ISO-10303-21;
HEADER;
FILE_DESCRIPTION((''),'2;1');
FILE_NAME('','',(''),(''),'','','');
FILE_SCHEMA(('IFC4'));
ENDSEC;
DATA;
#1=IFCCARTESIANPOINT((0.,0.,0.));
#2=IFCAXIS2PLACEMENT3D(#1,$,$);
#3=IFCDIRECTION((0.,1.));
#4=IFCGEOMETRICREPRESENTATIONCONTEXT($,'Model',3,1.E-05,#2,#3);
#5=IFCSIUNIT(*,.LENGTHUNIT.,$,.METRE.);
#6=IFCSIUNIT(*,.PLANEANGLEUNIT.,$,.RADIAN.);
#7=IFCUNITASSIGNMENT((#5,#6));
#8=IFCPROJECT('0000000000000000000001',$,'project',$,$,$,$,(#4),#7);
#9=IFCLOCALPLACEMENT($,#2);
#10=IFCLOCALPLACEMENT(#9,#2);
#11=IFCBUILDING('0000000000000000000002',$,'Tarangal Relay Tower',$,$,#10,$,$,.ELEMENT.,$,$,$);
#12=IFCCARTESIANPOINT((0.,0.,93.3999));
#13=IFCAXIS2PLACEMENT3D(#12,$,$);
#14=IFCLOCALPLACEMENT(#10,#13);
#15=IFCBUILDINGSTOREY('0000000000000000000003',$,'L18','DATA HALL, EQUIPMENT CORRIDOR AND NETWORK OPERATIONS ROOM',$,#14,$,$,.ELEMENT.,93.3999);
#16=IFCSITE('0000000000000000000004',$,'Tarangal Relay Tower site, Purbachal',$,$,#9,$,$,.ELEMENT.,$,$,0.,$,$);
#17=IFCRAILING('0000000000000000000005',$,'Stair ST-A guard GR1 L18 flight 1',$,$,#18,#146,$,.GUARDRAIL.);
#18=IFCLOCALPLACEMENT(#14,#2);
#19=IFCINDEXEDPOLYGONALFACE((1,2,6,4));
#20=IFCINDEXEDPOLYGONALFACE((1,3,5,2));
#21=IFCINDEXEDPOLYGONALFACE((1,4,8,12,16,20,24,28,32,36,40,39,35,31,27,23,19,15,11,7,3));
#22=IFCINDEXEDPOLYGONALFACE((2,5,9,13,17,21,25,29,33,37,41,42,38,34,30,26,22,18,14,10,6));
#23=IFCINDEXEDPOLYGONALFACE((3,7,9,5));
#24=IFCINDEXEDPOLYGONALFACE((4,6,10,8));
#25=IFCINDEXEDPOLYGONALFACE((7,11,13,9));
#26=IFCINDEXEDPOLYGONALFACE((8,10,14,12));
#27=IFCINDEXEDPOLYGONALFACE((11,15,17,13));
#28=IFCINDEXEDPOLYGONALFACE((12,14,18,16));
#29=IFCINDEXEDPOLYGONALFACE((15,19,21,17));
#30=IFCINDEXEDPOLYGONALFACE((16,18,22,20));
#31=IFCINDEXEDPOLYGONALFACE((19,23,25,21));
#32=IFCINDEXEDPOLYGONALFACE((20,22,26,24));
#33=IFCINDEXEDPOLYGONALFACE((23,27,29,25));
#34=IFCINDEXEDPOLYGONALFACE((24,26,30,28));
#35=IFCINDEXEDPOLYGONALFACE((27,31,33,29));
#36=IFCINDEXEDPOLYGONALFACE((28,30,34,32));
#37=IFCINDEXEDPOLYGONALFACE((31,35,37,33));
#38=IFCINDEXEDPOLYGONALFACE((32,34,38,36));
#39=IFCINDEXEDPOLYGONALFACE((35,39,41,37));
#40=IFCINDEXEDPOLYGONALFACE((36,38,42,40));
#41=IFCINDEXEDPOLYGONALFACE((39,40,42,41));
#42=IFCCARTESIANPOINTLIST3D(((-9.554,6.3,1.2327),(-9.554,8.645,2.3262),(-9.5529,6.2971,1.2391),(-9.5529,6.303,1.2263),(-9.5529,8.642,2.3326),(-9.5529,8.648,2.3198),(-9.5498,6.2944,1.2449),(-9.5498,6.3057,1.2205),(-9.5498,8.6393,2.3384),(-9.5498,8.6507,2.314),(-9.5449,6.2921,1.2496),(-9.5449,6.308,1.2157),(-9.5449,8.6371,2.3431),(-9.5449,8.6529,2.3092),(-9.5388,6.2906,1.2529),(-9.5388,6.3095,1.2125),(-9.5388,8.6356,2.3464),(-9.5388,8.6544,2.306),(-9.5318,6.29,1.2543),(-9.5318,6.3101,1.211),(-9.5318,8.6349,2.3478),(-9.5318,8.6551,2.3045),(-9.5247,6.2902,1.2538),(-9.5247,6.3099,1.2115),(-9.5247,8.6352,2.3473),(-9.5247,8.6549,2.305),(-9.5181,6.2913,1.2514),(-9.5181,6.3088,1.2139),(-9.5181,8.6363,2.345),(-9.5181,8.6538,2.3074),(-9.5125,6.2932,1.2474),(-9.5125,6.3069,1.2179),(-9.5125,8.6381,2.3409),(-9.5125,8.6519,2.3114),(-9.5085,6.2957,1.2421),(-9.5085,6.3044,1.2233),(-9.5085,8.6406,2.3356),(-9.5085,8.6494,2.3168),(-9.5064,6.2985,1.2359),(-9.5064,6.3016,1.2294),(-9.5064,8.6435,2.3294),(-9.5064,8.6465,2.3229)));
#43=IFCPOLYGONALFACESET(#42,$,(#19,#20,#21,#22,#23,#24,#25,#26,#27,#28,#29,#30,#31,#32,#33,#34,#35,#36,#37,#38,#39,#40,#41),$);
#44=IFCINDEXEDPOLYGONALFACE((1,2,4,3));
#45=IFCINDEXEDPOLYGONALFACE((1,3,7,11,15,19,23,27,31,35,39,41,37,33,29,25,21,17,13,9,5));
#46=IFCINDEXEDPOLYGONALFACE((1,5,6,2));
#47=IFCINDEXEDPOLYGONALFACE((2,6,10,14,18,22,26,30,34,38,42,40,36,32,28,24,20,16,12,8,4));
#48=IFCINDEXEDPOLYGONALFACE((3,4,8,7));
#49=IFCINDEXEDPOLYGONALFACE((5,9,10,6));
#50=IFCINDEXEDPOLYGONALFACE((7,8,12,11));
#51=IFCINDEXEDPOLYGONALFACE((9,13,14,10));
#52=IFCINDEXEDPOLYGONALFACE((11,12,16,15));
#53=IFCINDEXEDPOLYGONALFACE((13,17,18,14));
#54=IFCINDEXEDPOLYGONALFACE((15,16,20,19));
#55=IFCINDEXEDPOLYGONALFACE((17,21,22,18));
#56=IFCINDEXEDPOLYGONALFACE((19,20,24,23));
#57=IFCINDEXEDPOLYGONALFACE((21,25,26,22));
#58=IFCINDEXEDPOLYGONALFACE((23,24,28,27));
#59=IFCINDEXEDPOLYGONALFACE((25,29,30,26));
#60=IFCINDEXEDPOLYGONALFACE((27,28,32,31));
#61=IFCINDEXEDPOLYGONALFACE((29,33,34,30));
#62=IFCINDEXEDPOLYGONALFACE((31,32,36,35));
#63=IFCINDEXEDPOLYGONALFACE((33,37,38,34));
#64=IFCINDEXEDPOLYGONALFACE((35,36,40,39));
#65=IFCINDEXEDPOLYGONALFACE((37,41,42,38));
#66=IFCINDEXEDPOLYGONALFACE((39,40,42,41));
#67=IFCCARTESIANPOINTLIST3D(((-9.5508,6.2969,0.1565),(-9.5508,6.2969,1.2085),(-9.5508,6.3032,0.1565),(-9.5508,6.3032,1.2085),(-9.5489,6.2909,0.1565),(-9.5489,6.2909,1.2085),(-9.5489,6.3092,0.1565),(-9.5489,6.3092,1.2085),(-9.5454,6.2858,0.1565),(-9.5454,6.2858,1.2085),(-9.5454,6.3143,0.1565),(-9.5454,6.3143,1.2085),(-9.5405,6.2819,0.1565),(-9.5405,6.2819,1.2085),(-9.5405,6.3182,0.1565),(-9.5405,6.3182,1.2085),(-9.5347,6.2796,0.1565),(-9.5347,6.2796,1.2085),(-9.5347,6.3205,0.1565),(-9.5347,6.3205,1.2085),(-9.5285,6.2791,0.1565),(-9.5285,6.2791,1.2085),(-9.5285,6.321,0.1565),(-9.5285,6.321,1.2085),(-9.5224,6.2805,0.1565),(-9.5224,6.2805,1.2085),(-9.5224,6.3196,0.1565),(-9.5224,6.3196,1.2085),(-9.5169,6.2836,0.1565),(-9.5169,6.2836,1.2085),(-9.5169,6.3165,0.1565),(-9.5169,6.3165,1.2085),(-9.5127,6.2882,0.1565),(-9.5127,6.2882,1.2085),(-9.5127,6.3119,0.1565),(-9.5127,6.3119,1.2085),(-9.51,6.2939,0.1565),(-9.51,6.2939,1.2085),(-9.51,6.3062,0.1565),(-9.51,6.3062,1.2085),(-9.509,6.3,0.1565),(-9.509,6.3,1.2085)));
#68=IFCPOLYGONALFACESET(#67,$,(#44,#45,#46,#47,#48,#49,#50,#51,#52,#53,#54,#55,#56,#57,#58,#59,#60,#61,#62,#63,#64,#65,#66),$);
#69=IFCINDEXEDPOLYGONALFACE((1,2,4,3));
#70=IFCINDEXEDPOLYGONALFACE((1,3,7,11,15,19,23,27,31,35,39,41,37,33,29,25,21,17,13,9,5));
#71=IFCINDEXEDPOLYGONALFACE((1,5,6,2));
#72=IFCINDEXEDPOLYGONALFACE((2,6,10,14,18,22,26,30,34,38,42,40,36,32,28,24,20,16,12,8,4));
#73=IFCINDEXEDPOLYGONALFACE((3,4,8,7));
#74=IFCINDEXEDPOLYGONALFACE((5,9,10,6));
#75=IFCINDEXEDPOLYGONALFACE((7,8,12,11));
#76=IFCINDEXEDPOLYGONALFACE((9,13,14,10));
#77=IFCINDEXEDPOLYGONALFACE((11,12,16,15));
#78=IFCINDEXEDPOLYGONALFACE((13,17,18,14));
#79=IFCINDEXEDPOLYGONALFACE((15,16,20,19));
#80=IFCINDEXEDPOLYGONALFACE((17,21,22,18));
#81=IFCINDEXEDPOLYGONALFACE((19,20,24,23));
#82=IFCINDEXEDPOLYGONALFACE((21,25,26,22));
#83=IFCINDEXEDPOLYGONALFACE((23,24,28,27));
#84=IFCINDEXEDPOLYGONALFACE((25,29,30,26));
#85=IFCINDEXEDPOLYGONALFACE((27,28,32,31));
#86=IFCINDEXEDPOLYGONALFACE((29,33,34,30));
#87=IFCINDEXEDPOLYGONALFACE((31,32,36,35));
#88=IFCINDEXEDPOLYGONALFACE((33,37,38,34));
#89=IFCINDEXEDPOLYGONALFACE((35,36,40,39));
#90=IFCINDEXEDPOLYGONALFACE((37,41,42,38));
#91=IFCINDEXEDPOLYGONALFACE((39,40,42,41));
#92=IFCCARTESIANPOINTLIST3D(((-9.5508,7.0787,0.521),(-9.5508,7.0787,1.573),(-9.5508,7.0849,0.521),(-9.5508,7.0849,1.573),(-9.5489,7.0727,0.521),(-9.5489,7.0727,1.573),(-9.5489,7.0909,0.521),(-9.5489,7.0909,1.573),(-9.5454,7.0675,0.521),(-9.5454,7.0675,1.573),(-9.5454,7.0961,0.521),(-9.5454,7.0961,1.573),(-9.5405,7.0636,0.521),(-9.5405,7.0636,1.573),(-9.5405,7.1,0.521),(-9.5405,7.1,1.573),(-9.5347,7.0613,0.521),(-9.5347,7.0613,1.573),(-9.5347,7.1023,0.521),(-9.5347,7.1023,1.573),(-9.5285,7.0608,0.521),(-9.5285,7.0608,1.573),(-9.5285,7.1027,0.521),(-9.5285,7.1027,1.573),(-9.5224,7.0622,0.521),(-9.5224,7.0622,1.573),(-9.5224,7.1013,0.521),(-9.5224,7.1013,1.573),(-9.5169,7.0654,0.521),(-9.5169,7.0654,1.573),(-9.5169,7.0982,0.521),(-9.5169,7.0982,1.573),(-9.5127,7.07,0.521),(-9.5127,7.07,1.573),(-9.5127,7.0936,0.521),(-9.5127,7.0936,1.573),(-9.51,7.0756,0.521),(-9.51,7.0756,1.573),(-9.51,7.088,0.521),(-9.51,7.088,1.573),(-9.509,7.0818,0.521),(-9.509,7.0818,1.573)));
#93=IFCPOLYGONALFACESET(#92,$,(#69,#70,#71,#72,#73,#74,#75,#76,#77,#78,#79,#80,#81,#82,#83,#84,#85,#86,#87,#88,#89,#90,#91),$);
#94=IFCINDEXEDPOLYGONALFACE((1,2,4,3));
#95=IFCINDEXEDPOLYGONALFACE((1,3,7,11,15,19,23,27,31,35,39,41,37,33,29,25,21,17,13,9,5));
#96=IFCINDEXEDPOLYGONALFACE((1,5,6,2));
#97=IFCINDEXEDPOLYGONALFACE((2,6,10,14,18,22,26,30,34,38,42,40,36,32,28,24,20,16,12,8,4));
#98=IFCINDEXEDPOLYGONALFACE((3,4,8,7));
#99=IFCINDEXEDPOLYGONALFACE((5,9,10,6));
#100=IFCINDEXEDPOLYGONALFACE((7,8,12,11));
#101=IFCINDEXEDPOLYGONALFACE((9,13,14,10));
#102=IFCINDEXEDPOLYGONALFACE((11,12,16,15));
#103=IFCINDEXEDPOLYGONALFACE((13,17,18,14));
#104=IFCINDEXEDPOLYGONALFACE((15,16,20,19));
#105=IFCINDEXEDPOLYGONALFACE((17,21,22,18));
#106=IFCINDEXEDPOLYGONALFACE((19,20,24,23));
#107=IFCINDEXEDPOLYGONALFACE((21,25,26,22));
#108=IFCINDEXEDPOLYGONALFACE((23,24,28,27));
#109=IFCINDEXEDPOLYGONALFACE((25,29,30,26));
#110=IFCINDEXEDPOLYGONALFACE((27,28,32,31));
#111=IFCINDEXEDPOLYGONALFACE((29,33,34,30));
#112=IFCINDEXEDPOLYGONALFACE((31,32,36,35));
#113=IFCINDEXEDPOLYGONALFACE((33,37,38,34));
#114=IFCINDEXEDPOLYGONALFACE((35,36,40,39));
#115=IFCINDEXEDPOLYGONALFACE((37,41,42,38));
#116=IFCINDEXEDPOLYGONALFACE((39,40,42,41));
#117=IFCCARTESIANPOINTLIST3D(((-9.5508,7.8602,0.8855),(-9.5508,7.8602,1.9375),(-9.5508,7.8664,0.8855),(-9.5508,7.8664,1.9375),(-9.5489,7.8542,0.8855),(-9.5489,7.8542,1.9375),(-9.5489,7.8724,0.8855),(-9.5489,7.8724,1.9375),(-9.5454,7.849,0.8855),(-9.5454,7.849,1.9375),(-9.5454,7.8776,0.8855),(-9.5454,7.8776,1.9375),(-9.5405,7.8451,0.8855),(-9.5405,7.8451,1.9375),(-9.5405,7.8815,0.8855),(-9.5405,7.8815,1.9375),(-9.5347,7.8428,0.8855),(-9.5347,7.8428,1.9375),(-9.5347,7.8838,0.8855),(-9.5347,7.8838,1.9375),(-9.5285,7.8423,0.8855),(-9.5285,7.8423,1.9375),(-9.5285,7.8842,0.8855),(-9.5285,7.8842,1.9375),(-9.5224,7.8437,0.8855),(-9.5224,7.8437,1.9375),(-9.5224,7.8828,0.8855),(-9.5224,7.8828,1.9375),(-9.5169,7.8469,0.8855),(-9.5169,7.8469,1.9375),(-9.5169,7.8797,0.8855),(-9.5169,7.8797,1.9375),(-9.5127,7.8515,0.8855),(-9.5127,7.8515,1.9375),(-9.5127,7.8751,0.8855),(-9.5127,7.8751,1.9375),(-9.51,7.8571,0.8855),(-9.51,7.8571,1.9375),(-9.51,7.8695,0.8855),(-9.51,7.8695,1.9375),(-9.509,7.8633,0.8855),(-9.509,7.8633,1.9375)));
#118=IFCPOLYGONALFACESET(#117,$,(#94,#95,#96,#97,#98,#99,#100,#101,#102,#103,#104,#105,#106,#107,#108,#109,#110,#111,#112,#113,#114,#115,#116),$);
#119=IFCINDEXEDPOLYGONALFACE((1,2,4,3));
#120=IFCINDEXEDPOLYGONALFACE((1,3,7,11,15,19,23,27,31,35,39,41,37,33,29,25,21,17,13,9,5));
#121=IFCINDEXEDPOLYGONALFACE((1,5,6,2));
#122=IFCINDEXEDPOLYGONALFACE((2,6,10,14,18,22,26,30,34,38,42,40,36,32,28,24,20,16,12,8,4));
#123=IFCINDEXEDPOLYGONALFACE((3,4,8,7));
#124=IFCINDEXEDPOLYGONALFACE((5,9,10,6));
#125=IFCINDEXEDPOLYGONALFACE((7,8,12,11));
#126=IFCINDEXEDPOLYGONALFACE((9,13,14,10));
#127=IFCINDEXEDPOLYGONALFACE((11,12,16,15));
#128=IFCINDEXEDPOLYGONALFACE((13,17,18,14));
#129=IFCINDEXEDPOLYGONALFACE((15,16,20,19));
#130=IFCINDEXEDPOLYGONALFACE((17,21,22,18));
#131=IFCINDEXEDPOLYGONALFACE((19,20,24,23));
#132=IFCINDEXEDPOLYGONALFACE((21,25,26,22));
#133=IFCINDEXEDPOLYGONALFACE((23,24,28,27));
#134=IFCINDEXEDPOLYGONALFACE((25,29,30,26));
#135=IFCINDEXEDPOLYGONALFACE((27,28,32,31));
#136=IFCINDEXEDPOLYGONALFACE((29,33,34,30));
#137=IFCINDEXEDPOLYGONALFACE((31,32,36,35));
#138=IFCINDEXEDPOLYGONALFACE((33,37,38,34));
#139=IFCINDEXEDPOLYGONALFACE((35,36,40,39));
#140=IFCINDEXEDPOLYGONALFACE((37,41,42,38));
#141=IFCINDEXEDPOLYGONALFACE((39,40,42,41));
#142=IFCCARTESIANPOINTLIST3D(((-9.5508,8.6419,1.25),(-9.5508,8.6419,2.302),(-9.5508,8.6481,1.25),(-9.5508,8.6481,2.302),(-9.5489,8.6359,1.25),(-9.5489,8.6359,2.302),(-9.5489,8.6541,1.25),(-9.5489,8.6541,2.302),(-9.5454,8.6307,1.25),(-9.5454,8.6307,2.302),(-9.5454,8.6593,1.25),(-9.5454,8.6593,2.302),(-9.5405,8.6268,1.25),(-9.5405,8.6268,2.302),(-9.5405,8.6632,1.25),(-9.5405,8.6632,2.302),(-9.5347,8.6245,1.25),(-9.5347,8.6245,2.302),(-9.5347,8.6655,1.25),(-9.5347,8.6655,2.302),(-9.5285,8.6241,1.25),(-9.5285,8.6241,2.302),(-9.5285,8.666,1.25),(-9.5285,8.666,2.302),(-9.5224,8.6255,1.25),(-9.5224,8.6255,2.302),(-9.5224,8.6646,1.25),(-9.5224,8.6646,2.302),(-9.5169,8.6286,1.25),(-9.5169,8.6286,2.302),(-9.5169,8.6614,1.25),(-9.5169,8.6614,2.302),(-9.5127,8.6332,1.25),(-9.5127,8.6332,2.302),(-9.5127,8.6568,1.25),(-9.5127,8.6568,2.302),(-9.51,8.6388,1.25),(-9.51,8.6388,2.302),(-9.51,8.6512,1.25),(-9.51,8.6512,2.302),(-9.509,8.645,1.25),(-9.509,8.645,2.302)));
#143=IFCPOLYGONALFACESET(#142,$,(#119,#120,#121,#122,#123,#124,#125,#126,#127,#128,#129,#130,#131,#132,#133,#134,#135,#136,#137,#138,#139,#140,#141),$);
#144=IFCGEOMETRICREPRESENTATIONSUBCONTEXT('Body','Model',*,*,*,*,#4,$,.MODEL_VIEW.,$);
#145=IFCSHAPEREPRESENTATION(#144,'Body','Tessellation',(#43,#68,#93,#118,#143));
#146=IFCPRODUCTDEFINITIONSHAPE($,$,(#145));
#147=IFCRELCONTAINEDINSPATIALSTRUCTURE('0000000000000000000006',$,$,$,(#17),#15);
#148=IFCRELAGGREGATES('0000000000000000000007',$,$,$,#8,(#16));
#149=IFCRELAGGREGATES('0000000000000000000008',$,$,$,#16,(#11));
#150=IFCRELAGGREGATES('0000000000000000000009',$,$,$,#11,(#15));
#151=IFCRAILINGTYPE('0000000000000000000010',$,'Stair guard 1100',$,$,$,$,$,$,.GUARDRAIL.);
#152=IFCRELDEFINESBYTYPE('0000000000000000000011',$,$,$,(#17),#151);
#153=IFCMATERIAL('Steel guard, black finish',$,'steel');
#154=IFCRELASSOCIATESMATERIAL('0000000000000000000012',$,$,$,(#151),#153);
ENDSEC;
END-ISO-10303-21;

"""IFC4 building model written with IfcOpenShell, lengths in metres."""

from ifc_helpers import new_model, si_unit, direction, frame, origin, origin_2d, place, context, subcontext, project, spatial, circle, extrude, material, type_object, element, save


model = new_model("IFC4")

# Units and contexts
model_context = context("Model", 3, precision=1e-05, world=origin(), true_north=direction((0.0, 1.0)))
body_context = subcontext(model_context, "Body", "Model", "MODEL_VIEW")
ifc_project = project(units=[si_unit("LENGTHUNIT", "METRE"), si_unit("PLANEANGLEUNIT", "RADIAN")], contexts=[model_context])

# Site, building, storey
site_placement = place(None, origin())
site = spatial("IfcSite", under=ifc_project, at=site_placement, Name="Tarangal Relay Tower site, Purbachal", CompositionType="ELEMENT", RefElevation=0.0)
building_placement = place(site_placement, origin())
building = spatial("IfcBuilding", under=site, at=building_placement, Name="Tarangal Relay Tower", CompositionType="ELEMENT")
storey_placement = place(building_placement, frame((0.0, 0.0, 93.3999)))
storey = spatial("IfcBuildingStorey", under=building, at=storey_placement, Name="L18", Description="DATA HALL, EQUIPMENT CORRIDOR AND NETWORK OPERATIONS ROOM", CompositionType="ELEMENT", Elevation=93.3999)

# Railing
ifc_material_1 = material(Name="Steel guard, black finish", Category="steel")
railing_type_1 = type_object("IfcRailingType", Name="Stair guard 1100", PredefinedType="GUARDRAIL", material=ifc_material_1)
railing_placement = place(storey_placement, frame((-9.53, 6.3, 0.1565)))
element("IfcRailing", 1, at=railing_placement, inside=storey, type_object=railing_type_1, Name="Stair ST-A guard GR1 L18 flight 1", PredefinedType="GUARDRAIL", context=body_context, shape_type="SweptSolid", body=[
    extrude(circle(Radius=0.0239, at=origin_2d()), frame((0.0, 0.0, 1.0762), z_axis=(0.0, 0.906304, 0.422627), x_axis=(-1.0, 0.0, 0.0)), (0.0, 0.0, 1.0), 2.5874),
    extrude(circle(Radius=0.021, at=origin_2d()), origin(), (0.0, 0.0, 1.0), 1.052),
    extrude(circle(Radius=0.021, at=origin_2d()), frame((0.0, 0.7817, 0.3645)), (0.0, 0.0, 1.0), 1.052),
    extrude(circle(Radius=0.021, at=origin_2d()), frame((0.0, 1.5632, 0.729)), (0.0, 0.0, 1.0), 1.052),
    extrude(circle(Radius=0.021, at=origin_2d()), frame((0.0, 2.345, 1.0935)), (0.0, 0.0, 1.0), 1.052),
])

save(model, "model.ifc")
